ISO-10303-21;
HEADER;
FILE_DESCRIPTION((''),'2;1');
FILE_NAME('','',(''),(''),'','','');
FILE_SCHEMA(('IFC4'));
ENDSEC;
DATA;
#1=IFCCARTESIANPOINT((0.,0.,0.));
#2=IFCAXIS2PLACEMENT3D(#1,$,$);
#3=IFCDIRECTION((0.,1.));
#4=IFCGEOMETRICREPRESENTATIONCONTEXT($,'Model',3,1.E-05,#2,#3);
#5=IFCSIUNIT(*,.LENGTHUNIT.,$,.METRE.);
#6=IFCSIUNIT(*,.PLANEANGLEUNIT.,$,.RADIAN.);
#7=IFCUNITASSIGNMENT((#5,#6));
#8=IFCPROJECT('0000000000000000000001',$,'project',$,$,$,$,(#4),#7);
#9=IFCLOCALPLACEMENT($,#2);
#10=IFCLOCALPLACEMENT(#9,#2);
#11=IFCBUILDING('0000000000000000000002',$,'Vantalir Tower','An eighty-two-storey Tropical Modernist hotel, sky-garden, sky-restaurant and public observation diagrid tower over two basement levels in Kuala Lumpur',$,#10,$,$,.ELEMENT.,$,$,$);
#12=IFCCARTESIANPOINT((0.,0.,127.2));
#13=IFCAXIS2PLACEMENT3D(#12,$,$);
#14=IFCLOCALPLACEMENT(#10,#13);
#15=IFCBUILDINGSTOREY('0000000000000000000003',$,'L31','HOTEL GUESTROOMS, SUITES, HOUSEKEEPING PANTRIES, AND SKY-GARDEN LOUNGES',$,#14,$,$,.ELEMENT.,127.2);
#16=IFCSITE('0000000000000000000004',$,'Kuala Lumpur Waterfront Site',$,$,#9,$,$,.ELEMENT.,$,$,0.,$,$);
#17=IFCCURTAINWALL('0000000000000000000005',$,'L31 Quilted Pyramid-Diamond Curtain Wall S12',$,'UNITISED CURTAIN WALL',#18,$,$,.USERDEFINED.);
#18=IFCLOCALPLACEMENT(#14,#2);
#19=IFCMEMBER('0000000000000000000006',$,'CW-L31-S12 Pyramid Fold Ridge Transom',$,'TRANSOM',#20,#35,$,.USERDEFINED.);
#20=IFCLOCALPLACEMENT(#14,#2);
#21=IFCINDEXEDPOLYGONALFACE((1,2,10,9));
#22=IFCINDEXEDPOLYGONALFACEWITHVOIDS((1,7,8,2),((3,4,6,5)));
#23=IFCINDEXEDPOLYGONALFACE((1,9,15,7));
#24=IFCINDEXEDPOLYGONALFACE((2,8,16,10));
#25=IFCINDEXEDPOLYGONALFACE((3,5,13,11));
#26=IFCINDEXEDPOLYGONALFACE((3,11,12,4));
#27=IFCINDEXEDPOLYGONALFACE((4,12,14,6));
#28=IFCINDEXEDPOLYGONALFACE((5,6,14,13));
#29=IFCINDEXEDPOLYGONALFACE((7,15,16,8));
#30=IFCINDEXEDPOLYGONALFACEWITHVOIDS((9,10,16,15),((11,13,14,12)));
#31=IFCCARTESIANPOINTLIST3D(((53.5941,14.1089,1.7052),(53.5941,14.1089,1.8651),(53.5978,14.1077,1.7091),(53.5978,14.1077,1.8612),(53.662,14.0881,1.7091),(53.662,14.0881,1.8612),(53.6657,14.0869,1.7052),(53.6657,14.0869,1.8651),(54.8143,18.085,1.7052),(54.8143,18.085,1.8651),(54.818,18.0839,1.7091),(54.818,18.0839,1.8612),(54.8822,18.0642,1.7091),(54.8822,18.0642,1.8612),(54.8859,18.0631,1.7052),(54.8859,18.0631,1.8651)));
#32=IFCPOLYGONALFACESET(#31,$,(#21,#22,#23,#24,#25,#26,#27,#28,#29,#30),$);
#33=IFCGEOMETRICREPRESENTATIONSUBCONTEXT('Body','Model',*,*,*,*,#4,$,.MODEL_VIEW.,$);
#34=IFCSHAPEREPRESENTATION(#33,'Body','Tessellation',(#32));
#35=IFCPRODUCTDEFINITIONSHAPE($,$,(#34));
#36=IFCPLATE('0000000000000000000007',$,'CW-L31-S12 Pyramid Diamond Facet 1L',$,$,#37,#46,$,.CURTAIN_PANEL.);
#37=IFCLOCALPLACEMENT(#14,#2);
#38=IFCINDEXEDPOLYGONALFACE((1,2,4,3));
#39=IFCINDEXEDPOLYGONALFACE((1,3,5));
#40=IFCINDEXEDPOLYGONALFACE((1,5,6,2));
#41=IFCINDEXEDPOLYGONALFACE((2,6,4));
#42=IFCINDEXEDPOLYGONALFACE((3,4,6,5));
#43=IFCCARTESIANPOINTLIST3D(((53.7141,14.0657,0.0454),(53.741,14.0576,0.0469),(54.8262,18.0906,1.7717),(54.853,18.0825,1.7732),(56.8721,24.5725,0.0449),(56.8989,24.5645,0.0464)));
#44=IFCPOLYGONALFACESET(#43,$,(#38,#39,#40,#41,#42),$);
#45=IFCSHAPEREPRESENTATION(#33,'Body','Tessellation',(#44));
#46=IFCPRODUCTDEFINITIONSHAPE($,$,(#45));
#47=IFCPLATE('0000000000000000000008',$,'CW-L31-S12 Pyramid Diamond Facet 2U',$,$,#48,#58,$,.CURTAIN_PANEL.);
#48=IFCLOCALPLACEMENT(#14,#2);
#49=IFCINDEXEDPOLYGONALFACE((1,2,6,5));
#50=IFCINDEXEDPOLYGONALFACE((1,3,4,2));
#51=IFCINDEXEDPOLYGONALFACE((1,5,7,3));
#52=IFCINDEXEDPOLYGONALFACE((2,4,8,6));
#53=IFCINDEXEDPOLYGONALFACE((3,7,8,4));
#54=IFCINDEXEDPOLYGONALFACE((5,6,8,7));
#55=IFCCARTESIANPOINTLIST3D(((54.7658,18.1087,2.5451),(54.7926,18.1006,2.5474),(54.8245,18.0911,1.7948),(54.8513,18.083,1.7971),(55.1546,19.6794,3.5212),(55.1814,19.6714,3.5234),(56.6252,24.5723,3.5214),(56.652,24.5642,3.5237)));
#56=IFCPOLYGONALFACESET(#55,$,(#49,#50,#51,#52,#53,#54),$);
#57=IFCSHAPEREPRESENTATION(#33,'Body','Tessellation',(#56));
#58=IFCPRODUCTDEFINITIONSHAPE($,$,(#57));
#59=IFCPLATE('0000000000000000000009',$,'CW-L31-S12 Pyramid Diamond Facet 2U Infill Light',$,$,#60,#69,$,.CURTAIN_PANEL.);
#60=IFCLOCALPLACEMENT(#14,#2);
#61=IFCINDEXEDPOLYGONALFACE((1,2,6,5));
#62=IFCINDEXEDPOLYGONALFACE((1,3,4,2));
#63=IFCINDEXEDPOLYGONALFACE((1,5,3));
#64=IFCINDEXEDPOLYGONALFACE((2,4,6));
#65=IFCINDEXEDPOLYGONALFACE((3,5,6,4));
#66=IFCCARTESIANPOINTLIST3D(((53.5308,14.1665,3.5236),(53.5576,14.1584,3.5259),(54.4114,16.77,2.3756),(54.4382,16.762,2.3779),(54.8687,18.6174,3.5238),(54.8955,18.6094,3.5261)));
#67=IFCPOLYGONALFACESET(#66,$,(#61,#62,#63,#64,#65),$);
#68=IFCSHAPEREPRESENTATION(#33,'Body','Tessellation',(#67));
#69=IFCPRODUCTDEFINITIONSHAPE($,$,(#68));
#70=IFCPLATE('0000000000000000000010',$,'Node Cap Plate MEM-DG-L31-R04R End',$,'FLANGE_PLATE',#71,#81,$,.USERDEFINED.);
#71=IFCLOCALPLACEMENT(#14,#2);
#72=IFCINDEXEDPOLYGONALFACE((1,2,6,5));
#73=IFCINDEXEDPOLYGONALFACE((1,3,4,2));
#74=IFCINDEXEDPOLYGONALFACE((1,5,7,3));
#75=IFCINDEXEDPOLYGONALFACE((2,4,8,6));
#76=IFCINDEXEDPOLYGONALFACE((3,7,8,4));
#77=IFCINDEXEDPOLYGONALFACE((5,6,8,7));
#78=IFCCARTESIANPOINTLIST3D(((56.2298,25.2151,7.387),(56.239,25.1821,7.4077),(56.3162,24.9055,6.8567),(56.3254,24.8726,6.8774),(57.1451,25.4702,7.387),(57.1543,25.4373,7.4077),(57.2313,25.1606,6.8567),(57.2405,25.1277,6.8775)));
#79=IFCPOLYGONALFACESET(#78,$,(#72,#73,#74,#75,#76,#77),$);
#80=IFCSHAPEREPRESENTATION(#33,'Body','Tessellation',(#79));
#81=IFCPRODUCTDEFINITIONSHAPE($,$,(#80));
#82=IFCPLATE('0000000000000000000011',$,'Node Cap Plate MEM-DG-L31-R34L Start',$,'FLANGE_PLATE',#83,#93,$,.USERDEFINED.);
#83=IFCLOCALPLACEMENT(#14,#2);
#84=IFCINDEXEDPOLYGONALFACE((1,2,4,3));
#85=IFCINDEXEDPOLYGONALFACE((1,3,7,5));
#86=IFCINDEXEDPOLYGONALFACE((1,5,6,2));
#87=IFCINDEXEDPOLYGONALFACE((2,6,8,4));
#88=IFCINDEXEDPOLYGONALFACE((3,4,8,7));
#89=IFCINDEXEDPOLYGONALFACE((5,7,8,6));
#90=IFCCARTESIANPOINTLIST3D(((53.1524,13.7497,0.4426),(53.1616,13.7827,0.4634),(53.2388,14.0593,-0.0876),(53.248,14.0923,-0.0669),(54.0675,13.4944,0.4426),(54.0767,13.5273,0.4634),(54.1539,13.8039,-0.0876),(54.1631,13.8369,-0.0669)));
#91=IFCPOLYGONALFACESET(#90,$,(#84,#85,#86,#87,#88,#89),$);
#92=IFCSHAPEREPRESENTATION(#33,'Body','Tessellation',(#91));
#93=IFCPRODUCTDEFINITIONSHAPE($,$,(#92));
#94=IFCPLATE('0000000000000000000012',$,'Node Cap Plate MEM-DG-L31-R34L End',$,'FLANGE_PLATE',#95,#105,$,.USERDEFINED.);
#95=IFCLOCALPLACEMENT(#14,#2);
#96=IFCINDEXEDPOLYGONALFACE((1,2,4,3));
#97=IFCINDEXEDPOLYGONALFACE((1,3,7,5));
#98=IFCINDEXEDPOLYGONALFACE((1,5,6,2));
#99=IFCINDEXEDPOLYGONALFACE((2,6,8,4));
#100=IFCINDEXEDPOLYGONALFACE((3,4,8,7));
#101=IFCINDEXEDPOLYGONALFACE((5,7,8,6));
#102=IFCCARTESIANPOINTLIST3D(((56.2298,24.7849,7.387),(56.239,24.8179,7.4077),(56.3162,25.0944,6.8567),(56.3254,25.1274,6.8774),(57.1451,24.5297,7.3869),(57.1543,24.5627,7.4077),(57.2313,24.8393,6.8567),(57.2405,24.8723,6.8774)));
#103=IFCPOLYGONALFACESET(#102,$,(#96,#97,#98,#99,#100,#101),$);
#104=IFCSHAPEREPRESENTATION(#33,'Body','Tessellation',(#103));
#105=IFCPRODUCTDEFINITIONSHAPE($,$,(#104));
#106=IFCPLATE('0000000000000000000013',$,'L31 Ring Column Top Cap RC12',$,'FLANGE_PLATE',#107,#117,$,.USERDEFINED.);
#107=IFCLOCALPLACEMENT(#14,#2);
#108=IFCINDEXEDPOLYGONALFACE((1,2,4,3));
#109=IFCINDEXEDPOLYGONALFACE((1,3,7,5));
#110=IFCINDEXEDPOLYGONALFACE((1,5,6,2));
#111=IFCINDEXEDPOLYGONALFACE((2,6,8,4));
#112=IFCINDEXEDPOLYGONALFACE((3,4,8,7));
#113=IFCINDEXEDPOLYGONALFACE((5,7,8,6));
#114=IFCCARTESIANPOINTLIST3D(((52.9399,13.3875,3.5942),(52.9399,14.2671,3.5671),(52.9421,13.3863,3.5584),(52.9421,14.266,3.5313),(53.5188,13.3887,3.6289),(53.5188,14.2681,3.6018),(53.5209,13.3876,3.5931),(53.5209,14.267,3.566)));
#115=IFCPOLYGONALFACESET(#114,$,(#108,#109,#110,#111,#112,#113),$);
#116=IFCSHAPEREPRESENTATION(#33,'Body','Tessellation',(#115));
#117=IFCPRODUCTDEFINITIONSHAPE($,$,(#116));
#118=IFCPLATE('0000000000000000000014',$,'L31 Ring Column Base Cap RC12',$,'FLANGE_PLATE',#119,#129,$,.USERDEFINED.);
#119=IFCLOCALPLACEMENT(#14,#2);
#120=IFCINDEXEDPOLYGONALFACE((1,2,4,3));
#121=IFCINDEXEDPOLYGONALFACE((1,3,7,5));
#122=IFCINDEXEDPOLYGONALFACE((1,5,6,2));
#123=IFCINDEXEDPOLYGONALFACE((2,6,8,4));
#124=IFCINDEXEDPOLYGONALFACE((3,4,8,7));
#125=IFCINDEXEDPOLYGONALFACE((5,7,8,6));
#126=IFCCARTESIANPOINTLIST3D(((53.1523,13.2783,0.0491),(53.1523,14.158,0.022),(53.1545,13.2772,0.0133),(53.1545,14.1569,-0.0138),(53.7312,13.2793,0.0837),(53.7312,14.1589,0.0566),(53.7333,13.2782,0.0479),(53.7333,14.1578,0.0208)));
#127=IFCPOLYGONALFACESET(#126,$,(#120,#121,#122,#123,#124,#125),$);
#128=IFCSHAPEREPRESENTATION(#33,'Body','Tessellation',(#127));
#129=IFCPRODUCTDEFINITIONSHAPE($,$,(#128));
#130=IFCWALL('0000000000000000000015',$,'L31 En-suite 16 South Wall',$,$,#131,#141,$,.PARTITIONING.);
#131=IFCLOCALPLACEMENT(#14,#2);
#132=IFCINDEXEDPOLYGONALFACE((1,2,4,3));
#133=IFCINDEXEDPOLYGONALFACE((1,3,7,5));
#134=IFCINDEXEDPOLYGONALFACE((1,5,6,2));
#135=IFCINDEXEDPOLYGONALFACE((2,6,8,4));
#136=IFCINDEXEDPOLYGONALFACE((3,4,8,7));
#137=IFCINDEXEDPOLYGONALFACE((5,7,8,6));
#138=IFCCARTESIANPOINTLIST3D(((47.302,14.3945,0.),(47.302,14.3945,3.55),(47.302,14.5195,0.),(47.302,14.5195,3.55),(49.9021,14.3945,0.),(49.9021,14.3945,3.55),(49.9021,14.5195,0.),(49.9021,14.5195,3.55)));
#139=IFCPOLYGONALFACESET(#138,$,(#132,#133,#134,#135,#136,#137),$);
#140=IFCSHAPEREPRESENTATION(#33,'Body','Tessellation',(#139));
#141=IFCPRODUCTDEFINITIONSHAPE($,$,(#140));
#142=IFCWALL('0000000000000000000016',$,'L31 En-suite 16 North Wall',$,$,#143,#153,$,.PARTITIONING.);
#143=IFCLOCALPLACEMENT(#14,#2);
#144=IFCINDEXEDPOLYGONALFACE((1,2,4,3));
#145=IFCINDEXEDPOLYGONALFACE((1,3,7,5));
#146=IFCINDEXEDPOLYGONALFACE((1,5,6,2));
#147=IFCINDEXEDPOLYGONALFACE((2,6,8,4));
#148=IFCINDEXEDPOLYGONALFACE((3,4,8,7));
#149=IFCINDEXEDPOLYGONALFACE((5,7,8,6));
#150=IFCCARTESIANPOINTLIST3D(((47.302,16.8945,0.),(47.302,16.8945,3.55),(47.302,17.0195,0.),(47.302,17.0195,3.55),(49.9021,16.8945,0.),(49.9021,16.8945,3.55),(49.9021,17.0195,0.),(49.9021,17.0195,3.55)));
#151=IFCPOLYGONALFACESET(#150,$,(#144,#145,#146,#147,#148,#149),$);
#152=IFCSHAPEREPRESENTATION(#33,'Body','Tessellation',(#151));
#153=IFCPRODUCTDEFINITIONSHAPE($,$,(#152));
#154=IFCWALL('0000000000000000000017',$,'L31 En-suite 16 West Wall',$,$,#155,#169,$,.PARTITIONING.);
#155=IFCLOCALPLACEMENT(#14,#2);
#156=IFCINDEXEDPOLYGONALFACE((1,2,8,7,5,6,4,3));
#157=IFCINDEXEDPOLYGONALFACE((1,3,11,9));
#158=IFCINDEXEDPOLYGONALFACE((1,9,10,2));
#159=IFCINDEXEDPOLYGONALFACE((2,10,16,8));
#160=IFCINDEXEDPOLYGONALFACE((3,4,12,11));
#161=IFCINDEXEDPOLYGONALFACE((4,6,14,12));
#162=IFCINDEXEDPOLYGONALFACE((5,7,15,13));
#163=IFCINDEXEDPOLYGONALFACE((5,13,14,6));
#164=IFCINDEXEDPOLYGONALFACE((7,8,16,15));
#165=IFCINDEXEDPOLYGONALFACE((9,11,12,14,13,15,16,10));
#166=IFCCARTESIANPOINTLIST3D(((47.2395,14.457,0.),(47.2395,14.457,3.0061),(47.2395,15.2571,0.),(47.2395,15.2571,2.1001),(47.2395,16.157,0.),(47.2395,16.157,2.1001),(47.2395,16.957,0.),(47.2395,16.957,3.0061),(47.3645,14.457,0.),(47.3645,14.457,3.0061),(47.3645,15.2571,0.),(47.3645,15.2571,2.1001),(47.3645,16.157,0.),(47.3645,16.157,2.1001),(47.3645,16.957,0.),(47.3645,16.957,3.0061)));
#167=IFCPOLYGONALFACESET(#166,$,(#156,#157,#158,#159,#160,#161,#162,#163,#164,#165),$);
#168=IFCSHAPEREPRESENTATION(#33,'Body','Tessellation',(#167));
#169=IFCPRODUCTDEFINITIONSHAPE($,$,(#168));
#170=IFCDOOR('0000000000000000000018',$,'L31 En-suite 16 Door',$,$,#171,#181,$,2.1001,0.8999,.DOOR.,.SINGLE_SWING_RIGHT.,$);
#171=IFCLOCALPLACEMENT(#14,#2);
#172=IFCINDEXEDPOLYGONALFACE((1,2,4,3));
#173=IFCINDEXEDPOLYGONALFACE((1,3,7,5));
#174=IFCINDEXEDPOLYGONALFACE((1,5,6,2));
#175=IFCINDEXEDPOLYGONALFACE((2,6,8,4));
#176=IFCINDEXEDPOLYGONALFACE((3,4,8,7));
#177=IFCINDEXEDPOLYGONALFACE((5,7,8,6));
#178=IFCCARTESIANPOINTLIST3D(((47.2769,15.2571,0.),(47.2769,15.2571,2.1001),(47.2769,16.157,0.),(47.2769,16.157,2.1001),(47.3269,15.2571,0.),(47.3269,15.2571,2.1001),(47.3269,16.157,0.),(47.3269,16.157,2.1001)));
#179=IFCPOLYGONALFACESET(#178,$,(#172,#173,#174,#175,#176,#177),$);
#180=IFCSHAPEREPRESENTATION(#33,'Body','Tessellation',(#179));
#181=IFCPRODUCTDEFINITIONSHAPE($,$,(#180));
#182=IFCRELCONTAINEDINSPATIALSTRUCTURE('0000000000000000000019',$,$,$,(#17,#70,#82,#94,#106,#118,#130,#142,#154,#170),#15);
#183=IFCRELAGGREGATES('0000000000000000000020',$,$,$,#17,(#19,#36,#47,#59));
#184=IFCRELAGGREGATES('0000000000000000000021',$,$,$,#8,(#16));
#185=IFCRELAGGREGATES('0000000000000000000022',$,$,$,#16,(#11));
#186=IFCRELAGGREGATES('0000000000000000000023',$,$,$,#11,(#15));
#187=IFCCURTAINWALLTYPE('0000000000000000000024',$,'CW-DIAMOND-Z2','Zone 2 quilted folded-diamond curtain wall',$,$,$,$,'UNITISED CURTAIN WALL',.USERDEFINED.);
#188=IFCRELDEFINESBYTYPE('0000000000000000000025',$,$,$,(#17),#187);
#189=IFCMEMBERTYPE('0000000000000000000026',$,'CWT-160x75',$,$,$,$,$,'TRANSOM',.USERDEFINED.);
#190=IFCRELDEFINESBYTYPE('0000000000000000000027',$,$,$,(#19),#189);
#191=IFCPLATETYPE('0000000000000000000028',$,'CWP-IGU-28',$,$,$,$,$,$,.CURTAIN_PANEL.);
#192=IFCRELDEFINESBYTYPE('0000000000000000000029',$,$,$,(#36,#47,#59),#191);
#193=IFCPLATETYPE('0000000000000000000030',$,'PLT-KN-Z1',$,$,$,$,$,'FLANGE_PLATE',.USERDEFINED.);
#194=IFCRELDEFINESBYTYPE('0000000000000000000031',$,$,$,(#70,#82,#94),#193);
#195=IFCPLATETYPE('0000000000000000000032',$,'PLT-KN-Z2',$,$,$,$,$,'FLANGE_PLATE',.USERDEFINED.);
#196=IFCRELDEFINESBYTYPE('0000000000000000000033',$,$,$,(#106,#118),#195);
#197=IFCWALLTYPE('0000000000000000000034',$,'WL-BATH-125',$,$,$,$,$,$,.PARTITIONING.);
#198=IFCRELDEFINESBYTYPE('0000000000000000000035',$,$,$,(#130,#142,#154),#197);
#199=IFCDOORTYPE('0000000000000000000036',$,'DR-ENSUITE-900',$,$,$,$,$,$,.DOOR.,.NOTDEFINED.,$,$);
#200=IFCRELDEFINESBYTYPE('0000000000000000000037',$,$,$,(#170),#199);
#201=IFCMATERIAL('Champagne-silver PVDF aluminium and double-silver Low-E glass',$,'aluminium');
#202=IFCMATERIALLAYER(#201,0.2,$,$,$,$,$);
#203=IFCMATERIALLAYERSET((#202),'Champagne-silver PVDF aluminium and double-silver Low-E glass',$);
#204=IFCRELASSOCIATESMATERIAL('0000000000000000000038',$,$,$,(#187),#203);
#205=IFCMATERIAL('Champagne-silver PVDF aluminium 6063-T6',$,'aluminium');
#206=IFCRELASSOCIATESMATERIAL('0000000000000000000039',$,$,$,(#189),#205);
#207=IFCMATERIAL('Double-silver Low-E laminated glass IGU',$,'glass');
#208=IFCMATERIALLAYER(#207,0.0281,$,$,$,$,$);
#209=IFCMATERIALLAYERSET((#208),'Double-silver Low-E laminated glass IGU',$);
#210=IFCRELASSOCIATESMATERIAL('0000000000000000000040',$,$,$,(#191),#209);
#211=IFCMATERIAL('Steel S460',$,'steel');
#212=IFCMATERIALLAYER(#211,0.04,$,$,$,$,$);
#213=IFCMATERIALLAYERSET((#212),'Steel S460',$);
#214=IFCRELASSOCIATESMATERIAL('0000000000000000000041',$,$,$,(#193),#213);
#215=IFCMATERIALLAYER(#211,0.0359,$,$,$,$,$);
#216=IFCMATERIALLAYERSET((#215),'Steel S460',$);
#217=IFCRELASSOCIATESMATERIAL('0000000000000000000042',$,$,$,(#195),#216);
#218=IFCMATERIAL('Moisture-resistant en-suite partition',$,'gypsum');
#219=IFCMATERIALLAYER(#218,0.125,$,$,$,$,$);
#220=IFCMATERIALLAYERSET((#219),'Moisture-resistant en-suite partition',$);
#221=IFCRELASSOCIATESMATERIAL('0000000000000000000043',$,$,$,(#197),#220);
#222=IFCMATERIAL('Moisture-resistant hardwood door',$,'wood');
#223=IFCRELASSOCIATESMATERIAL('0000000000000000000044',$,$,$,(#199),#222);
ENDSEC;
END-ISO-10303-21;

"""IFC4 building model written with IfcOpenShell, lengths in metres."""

from ifc_helpers import new_model, si_unit, direction, frame, frame_2d, origin, origin_2d, place, context, subcontext, project, spatial, polyline, rectangle, hollow_rectangle, outline, extrude, material, layer, layer_set, material_profile, profile_set, type_object, element, fill, aggregate, save


model = new_model("IFC4")

# Units and contexts
model_context = context("Model", 3, precision=1e-05, world=origin(), true_north=direction((0.0, 1.0)))
body_context = subcontext(model_context, "Body", "Model", "MODEL_VIEW")
ifc_project = project(units=[si_unit("LENGTHUNIT", "METRE"), si_unit("PLANEANGLEUNIT", "RADIAN")], contexts=[model_context])

# Site, building, storey
site_placement = place(None, origin())
site = spatial("IfcSite", under=ifc_project, at=site_placement, Name="Kuala Lumpur Waterfront Site", CompositionType="ELEMENT", RefElevation=0.0)
building_placement = place(site_placement, origin())
building = spatial("IfcBuilding", under=site, at=building_placement, Name="Vantalir Tower", Description="An eighty-two-storey Tropical Modernist hotel, sky-garden, sky-restaurant and public observation diagrid tower over two basement levels in Kuala Lumpur", CompositionType="ELEMENT")
storey_placement = place(building_placement, frame((0.0, 0.0, 127.2)))
storey = spatial("IfcBuildingStorey", under=building, at=storey_placement, Name="L31", Description="HOTEL GUESTROOMS, SUITES, HOUSEKEEPING PANTRIES, AND SKY-GARDEN LOUNGES", CompositionType="ELEMENT", Elevation=127.2)

# Shared definitions
ifc_material_1 = material(Name="Steel S460", Category="steel")

# Curtain wall
ifc_material_2 = material(Name="Champagne-silver PVDF aluminium and double-silver Low-E glass", Category="aluminium")
ifc_layer_1 = layer(ifc_material_2, 0.2)
ifc_layer_set_1 = layer_set([ifc_layer_1], Name="Champagne-silver PVDF aluminium and double-silver Low-E glass")
curtain_wall_type = type_object("IfcCurtainWallType", Name="CW-DIAMOND-Z2", Description="Zone 2 quilted folded-diamond curtain wall", ElementType="UNITISED CURTAIN WALL", PredefinedType="USERDEFINED", material=ifc_layer_set_1)
curtain_wall_1_placement = place(storey_placement, origin())
curtain_wall_1 = element("IfcCurtainWall", 1, at=curtain_wall_1_placement, inside=storey, type_object=curtain_wall_type, Name="L31 Quilted Pyramid-Diamond Curtain Wall S12", ObjectType="UNITISED CURTAIN WALL", PredefinedType="USERDEFINED")
ifc_material_3 = material(Name="Champagne-silver PVDF aluminium 6063-T6", Category="aluminium")

# Shared definitions
ifc_material_profile_1 = material_profile(ifc_material_3, hollow_rectangle(XDim=0.075, YDim=0.1599, WallThickness=0.0039, at=origin_2d()), Name="Champagne-silver PVDF aluminium 6063-T6")
ifc_profile_set_1 = profile_set([ifc_material_profile_1], Name="Champagne-silver PVDF aluminium 6063-T6")
member_type_1 = type_object("IfcMemberType", Name="CWT-160x75", ElementType="TRANSOM", PredefinedType="USERDEFINED", material=ifc_profile_set_1)

# Member
member_1_placement = place(storey_placement, frame((53.6299, 14.0979, 1.7852), z_axis=(0.293385, 0.955995, 0.0), x_axis=(-0.955995, 0.293385, 0.0)))
member_1 = element("IfcMember", 2, at=member_1_placement, type_object=member_type_1, Name="CW-L31-S12 Pyramid Fold Ridge Transom", ObjectType="TRANSOM", PredefinedType="USERDEFINED", context=body_context, shape_type="SweptSolid", body=[
    extrude(hollow_rectangle(XDim=0.075, YDim=0.1599, WallThickness=0.0039, at=origin_2d()), origin(), (0.0, 0.0, 1.0), 4.1592),
])

# Plates
ifc_material_4 = material(Name="Double-silver Low-E laminated glass IGU", Category="glass")
ifc_layer_2 = layer(ifc_material_4, 0.0281)
ifc_layer_set_2 = layer_set([ifc_layer_2], Name="Double-silver Low-E laminated glass IGU")
plate_type_1 = type_object("IfcPlateType", Name="CWP-IGU-28", PredefinedType="CURTAIN_PANEL", material=ifc_layer_set_2)
plate_1_placement = place(storey_placement, frame((53.741, 14.0576, 0.0469), z_axis=(0.956276, -0.287418, 0.054099), x_axis=(0.287842, 0.957678, -0.000045)))
plate_1 = element("IfcPlate", 3, at=plate_1_placement, type_object=plate_type_1, Name="CW-L31-S12 Pyramid Diamond Facet 1L", PredefinedType="CURTAIN_PANEL", context=body_context, shape_type="SweptSolid", body=[
    extrude(outline(polyline([(0.0, 0.0), (10.9712, 0.0), (4.1746, 1.729), (0.0, 0.0)])), origin(), (0.0, 0.0, -1.0), 0.0281),
])
plate_2_placement = place(storey_placement, frame((55.1814, 19.6714, 3.5234), z_axis=(0.954497, -0.286881, 0.081455), x_axis=(0.287834, 0.95768, 0.000046)))
plate_2 = element("IfcPlate", 4, at=plate_2_placement, type_object=plate_type_1, Name="CW-L31-S12 Pyramid Diamond Facet 2U", PredefinedType="CURTAIN_PANEL", context=body_context, shape_type="SweptSolid", body=[
    extrude(outline(polyline([(0.0, 0.0), (5.1091, 0.0), (-1.6162, -1.732), (-1.6162, -0.9793), (0.0, 0.0)])), origin(), (0.0, 0.0, -1.0), 0.0281),
])
plate_3_placement = place(storey_placement, frame((53.5576, 14.1584, 3.5259), z_axis=(0.954484, -0.28691, 0.081501), x_axis=(0.287864, 0.957671, 0.000053)))
plate_3 = element("IfcPlate", 5, at=plate_3_placement, type_object=plate_type_1, Name="CW-L31-S12 Pyramid Diamond Facet 2U Infill Light", PredefinedType="CURTAIN_PANEL", context=body_context, shape_type="SweptSolid", body=[
    extrude(outline(polyline([(0.0, 0.0), (4.6477, 0.0), (2.7467, -1.1519), (0.0, 0.0)])), origin(), (0.0, 0.0, -1.0), 0.0281),
])
aggregate(curtain_wall_1, [member_1, plate_1, plate_2, plate_3])

# Plates
ifc_layer_3 = layer(ifc_material_1, 0.04)
ifc_layer_set_3 = layer_set([ifc_layer_3], Name="Steel S460")
plate_type_2 = type_object("IfcPlateType", Name="PLT-KN-Z1", ElementType="FLANGE_PLATE", PredefinedType="USERDEFINED", material=ifc_layer_set_3)
plate_4_placement = place(storey_placement, frame((56.3254, 24.8726, 6.8774), z_axis=(0.229654, -0.823787, 0.518299), x_axis=(0.963266, 0.268547, 0.000015)))
element("IfcPlate", 6, at=plate_4_placement, inside=storey, type_object=plate_type_2, Name="Node Cap Plate MEM-DG-L31-R04R End", ObjectType="FLANGE_PLATE", PredefinedType="USERDEFINED", context=body_context, shape_type="SweptSolid", body=[
    extrude(outline(polyline([(0.0, 0.0), (0.9499, 0.0), (0.9501, 0.62), (-0.0001, 0.6201), (0.0, 0.0)])), origin(), (0.0, 0.0, -1.0), 0.04),
])
plate_5_placement = place(storey_placement, frame((54.1631, 13.8369, -0.0669), z_axis=(0.22988, 0.8237, 0.518337), x_axis=(-0.963193, 0.26881, 0.0)))
element("IfcPlate", 7, at=plate_5_placement, inside=storey, type_object=plate_type_2, Name="Node Cap Plate MEM-DG-L31-R34L Start", ObjectType="FLANGE_PLATE", PredefinedType="USERDEFINED", context=body_context, shape_type="SweptSolid", body=[
    extrude(outline(polyline([(0.0, 0.0), (0.95, 0.0), (0.95, 0.6201), (0.0, 0.6201), (0.0, 0.0)])), origin(), (0.0, 0.0, -1.0), 0.04),
])
plate_6_placement = place(storey_placement, frame((57.2405, 24.8723, 6.8774), z_axis=(0.229654, 0.823787, 0.518299), x_axis=(-0.963266, 0.268547, -0.000015)))
element("IfcPlate", 8, at=plate_6_placement, inside=storey, type_object=plate_type_2, Name="Node Cap Plate MEM-DG-L31-R34L End", ObjectType="FLANGE_PLATE", PredefinedType="USERDEFINED", context=body_context, shape_type="SweptSolid", body=[
    extrude(outline(polyline([(0.0, 0.0), (0.9499, 0.0), (0.95, 0.6201), (-0.0001, 0.62), (0.0, 0.0)])), origin(), (0.0, 0.0, -1.0), 0.04),
])
ifc_layer_4 = layer(ifc_material_1, 0.0359)
ifc_layer_set_4 = layer_set([ifc_layer_4], Name="Steel S460")
plate_type_3 = type_object("IfcPlateType", Name="PLT-KN-Z2", ElementType="FLANGE_PLATE", PredefinedType="USERDEFINED", material=ifc_layer_set_4)
plate_7_placement = place(storey_placement, frame((52.9399, 14.2671, 3.5671), z_axis=(-0.059813, 0.030742, 0.997736), x_axis=(0.0, -0.999526, 0.030797)))
element("IfcPlate", 9, at=plate_7_placement, inside=storey, type_object=plate_type_3, Name="L31 Ring Column Top Cap RC12", ObjectType="FLANGE_PLATE", PredefinedType="USERDEFINED", context=body_context, shape_type="SweptSolid", body=[
    extrude(outline(polyline([(0.0, 0.0), (0.8801, 0.0), (0.8799, 0.5799), (0.0001, 0.5799), (0.0, 0.0)])), origin(), (0.0, 0.0, -1.0), 0.0359),
])
plate_8_placement = place(storey_placement, frame((53.1523, 14.158, 0.022), z_axis=(-0.059807, 0.030738, 0.997737), x_axis=(0.0, -0.999526, 0.030793)))
element("IfcPlate", 10, at=plate_8_placement, inside=storey, type_object=plate_type_3, Name="L31 Ring Column Base Cap RC12", ObjectType="FLANGE_PLATE", PredefinedType="USERDEFINED", context=body_context, shape_type="SweptSolid", body=[
    extrude(outline(polyline([(0.0, 0.0), (0.8801, 0.0), (0.8801, 0.5799), (0.0001, 0.5799), (0.0, 0.0)])), origin(), (0.0, 0.0, -1.0), 0.0359),
])

# Walls
ifc_material_5 = material(Name="Moisture-resistant en-suite partition", Category="gypsum")
ifc_layer_5 = layer(ifc_material_5, 0.125)
ifc_layer_set_5 = layer_set([ifc_layer_5], Name="Moisture-resistant en-suite partition")
wall_type_1 = type_object("IfcWallType", Name="WL-BATH-125", PredefinedType="PARTITIONING", material=ifc_layer_set_5)
for number, where, z_axis, x_axis, name in (
    (11, (47.302, 14.457, 0.0), (0.0, 0.0, 1.0), (1.0, 0.0, 0.0), "L31 En-suite 16 South Wall"),
    (12, (47.302, 16.957, 0.0), (0.0, 0.0, 1.0), (1.0, 0.0, 0.0), "L31 En-suite 16 North Wall"),
):
    element("IfcWall", number, at=place(storey_placement, frame(where, z_axis=z_axis, x_axis=x_axis)), inside=storey, type_object=wall_type_1, Name=name, PredefinedType="PARTITIONING", context=body_context, shape_type="SweptSolid", body=[
        extrude(rectangle(XDim=2.6001, YDim=0.125, at=frame_2d((1.3, 0.0))), origin(), (0.0, 0.0, 1.0), 3.55),
    ])

# Wall, opening, door
wall_1_placement = place(storey_placement, frame((47.302, 14.457, 0.0), z_axis=(0.0, 0.0, 1.0), x_axis=(0.0, 1.0, 0.0)))
wall_1 = element("IfcWall", 13, at=wall_1_placement, inside=storey, type_object=wall_type_1, Name="L31 En-suite 16 West Wall", PredefinedType="PARTITIONING", context=body_context, shape_type="SweptSolid", body=[
    extrude(rectangle(XDim=2.5, YDim=0.125, at=frame_2d((1.25, 0.0))), origin(), (0.0, 0.0, 1.0), 3.0061),
])
opening_1_placement = place(wall_1_placement, frame((0.8, 0.0, 0.0)))
opening_1 = element("IfcOpeningElement", 14, at=opening_1_placement, cuts=wall_1, PredefinedType="OPENING", context=body_context, shape_type="SweptSolid", body=[
    extrude(rectangle(XDim=0.8999, YDim=2.1001, at=frame_2d((0.45, 1.05))), frame((0.0, 0.0725, 0.0), z_axis=(0.0, -1.0, 0.0), x_axis=(1.0, 0.0, 0.0)), (0.0, 0.0, 1.0), 0.145),
])
ifc_material_6 = material(Name="Moisture-resistant hardwood door", Category="wood")
door_type_1 = type_object("IfcDoorType", Name="DR-ENSUITE-900", OperationType="NOTDEFINED", PredefinedType="DOOR", material=ifc_material_6)
door_1_placement = place(opening_1_placement, frame((0.8999, 0.0, 0.0), z_axis=(0.0, 0.0, 1.0), x_axis=(-1.0, 0.0, 0.0)))
door_1 = element("IfcDoor", 15, at=door_1_placement, inside=storey, type_object=door_type_1, Name="L31 En-suite 16 Door", OperationType="SINGLE_SWING_RIGHT", OverallHeight=2.1001, OverallWidth=0.8999, PredefinedType="DOOR", context=body_context, shape_type="SweptSolid", body=[
    extrude(rectangle(XDim=0.8999, YDim=2.1001, at=frame_2d((0.45, 1.05))), frame((0.0, 0.0249, 0.0), z_axis=(0.0, -1.0, 0.0), x_axis=(1.0, 0.0, 0.0)), (0.0, 0.0, 1.0), 0.05),
])
fill(opening_1, door_1)

save(model, "model.ifc")
